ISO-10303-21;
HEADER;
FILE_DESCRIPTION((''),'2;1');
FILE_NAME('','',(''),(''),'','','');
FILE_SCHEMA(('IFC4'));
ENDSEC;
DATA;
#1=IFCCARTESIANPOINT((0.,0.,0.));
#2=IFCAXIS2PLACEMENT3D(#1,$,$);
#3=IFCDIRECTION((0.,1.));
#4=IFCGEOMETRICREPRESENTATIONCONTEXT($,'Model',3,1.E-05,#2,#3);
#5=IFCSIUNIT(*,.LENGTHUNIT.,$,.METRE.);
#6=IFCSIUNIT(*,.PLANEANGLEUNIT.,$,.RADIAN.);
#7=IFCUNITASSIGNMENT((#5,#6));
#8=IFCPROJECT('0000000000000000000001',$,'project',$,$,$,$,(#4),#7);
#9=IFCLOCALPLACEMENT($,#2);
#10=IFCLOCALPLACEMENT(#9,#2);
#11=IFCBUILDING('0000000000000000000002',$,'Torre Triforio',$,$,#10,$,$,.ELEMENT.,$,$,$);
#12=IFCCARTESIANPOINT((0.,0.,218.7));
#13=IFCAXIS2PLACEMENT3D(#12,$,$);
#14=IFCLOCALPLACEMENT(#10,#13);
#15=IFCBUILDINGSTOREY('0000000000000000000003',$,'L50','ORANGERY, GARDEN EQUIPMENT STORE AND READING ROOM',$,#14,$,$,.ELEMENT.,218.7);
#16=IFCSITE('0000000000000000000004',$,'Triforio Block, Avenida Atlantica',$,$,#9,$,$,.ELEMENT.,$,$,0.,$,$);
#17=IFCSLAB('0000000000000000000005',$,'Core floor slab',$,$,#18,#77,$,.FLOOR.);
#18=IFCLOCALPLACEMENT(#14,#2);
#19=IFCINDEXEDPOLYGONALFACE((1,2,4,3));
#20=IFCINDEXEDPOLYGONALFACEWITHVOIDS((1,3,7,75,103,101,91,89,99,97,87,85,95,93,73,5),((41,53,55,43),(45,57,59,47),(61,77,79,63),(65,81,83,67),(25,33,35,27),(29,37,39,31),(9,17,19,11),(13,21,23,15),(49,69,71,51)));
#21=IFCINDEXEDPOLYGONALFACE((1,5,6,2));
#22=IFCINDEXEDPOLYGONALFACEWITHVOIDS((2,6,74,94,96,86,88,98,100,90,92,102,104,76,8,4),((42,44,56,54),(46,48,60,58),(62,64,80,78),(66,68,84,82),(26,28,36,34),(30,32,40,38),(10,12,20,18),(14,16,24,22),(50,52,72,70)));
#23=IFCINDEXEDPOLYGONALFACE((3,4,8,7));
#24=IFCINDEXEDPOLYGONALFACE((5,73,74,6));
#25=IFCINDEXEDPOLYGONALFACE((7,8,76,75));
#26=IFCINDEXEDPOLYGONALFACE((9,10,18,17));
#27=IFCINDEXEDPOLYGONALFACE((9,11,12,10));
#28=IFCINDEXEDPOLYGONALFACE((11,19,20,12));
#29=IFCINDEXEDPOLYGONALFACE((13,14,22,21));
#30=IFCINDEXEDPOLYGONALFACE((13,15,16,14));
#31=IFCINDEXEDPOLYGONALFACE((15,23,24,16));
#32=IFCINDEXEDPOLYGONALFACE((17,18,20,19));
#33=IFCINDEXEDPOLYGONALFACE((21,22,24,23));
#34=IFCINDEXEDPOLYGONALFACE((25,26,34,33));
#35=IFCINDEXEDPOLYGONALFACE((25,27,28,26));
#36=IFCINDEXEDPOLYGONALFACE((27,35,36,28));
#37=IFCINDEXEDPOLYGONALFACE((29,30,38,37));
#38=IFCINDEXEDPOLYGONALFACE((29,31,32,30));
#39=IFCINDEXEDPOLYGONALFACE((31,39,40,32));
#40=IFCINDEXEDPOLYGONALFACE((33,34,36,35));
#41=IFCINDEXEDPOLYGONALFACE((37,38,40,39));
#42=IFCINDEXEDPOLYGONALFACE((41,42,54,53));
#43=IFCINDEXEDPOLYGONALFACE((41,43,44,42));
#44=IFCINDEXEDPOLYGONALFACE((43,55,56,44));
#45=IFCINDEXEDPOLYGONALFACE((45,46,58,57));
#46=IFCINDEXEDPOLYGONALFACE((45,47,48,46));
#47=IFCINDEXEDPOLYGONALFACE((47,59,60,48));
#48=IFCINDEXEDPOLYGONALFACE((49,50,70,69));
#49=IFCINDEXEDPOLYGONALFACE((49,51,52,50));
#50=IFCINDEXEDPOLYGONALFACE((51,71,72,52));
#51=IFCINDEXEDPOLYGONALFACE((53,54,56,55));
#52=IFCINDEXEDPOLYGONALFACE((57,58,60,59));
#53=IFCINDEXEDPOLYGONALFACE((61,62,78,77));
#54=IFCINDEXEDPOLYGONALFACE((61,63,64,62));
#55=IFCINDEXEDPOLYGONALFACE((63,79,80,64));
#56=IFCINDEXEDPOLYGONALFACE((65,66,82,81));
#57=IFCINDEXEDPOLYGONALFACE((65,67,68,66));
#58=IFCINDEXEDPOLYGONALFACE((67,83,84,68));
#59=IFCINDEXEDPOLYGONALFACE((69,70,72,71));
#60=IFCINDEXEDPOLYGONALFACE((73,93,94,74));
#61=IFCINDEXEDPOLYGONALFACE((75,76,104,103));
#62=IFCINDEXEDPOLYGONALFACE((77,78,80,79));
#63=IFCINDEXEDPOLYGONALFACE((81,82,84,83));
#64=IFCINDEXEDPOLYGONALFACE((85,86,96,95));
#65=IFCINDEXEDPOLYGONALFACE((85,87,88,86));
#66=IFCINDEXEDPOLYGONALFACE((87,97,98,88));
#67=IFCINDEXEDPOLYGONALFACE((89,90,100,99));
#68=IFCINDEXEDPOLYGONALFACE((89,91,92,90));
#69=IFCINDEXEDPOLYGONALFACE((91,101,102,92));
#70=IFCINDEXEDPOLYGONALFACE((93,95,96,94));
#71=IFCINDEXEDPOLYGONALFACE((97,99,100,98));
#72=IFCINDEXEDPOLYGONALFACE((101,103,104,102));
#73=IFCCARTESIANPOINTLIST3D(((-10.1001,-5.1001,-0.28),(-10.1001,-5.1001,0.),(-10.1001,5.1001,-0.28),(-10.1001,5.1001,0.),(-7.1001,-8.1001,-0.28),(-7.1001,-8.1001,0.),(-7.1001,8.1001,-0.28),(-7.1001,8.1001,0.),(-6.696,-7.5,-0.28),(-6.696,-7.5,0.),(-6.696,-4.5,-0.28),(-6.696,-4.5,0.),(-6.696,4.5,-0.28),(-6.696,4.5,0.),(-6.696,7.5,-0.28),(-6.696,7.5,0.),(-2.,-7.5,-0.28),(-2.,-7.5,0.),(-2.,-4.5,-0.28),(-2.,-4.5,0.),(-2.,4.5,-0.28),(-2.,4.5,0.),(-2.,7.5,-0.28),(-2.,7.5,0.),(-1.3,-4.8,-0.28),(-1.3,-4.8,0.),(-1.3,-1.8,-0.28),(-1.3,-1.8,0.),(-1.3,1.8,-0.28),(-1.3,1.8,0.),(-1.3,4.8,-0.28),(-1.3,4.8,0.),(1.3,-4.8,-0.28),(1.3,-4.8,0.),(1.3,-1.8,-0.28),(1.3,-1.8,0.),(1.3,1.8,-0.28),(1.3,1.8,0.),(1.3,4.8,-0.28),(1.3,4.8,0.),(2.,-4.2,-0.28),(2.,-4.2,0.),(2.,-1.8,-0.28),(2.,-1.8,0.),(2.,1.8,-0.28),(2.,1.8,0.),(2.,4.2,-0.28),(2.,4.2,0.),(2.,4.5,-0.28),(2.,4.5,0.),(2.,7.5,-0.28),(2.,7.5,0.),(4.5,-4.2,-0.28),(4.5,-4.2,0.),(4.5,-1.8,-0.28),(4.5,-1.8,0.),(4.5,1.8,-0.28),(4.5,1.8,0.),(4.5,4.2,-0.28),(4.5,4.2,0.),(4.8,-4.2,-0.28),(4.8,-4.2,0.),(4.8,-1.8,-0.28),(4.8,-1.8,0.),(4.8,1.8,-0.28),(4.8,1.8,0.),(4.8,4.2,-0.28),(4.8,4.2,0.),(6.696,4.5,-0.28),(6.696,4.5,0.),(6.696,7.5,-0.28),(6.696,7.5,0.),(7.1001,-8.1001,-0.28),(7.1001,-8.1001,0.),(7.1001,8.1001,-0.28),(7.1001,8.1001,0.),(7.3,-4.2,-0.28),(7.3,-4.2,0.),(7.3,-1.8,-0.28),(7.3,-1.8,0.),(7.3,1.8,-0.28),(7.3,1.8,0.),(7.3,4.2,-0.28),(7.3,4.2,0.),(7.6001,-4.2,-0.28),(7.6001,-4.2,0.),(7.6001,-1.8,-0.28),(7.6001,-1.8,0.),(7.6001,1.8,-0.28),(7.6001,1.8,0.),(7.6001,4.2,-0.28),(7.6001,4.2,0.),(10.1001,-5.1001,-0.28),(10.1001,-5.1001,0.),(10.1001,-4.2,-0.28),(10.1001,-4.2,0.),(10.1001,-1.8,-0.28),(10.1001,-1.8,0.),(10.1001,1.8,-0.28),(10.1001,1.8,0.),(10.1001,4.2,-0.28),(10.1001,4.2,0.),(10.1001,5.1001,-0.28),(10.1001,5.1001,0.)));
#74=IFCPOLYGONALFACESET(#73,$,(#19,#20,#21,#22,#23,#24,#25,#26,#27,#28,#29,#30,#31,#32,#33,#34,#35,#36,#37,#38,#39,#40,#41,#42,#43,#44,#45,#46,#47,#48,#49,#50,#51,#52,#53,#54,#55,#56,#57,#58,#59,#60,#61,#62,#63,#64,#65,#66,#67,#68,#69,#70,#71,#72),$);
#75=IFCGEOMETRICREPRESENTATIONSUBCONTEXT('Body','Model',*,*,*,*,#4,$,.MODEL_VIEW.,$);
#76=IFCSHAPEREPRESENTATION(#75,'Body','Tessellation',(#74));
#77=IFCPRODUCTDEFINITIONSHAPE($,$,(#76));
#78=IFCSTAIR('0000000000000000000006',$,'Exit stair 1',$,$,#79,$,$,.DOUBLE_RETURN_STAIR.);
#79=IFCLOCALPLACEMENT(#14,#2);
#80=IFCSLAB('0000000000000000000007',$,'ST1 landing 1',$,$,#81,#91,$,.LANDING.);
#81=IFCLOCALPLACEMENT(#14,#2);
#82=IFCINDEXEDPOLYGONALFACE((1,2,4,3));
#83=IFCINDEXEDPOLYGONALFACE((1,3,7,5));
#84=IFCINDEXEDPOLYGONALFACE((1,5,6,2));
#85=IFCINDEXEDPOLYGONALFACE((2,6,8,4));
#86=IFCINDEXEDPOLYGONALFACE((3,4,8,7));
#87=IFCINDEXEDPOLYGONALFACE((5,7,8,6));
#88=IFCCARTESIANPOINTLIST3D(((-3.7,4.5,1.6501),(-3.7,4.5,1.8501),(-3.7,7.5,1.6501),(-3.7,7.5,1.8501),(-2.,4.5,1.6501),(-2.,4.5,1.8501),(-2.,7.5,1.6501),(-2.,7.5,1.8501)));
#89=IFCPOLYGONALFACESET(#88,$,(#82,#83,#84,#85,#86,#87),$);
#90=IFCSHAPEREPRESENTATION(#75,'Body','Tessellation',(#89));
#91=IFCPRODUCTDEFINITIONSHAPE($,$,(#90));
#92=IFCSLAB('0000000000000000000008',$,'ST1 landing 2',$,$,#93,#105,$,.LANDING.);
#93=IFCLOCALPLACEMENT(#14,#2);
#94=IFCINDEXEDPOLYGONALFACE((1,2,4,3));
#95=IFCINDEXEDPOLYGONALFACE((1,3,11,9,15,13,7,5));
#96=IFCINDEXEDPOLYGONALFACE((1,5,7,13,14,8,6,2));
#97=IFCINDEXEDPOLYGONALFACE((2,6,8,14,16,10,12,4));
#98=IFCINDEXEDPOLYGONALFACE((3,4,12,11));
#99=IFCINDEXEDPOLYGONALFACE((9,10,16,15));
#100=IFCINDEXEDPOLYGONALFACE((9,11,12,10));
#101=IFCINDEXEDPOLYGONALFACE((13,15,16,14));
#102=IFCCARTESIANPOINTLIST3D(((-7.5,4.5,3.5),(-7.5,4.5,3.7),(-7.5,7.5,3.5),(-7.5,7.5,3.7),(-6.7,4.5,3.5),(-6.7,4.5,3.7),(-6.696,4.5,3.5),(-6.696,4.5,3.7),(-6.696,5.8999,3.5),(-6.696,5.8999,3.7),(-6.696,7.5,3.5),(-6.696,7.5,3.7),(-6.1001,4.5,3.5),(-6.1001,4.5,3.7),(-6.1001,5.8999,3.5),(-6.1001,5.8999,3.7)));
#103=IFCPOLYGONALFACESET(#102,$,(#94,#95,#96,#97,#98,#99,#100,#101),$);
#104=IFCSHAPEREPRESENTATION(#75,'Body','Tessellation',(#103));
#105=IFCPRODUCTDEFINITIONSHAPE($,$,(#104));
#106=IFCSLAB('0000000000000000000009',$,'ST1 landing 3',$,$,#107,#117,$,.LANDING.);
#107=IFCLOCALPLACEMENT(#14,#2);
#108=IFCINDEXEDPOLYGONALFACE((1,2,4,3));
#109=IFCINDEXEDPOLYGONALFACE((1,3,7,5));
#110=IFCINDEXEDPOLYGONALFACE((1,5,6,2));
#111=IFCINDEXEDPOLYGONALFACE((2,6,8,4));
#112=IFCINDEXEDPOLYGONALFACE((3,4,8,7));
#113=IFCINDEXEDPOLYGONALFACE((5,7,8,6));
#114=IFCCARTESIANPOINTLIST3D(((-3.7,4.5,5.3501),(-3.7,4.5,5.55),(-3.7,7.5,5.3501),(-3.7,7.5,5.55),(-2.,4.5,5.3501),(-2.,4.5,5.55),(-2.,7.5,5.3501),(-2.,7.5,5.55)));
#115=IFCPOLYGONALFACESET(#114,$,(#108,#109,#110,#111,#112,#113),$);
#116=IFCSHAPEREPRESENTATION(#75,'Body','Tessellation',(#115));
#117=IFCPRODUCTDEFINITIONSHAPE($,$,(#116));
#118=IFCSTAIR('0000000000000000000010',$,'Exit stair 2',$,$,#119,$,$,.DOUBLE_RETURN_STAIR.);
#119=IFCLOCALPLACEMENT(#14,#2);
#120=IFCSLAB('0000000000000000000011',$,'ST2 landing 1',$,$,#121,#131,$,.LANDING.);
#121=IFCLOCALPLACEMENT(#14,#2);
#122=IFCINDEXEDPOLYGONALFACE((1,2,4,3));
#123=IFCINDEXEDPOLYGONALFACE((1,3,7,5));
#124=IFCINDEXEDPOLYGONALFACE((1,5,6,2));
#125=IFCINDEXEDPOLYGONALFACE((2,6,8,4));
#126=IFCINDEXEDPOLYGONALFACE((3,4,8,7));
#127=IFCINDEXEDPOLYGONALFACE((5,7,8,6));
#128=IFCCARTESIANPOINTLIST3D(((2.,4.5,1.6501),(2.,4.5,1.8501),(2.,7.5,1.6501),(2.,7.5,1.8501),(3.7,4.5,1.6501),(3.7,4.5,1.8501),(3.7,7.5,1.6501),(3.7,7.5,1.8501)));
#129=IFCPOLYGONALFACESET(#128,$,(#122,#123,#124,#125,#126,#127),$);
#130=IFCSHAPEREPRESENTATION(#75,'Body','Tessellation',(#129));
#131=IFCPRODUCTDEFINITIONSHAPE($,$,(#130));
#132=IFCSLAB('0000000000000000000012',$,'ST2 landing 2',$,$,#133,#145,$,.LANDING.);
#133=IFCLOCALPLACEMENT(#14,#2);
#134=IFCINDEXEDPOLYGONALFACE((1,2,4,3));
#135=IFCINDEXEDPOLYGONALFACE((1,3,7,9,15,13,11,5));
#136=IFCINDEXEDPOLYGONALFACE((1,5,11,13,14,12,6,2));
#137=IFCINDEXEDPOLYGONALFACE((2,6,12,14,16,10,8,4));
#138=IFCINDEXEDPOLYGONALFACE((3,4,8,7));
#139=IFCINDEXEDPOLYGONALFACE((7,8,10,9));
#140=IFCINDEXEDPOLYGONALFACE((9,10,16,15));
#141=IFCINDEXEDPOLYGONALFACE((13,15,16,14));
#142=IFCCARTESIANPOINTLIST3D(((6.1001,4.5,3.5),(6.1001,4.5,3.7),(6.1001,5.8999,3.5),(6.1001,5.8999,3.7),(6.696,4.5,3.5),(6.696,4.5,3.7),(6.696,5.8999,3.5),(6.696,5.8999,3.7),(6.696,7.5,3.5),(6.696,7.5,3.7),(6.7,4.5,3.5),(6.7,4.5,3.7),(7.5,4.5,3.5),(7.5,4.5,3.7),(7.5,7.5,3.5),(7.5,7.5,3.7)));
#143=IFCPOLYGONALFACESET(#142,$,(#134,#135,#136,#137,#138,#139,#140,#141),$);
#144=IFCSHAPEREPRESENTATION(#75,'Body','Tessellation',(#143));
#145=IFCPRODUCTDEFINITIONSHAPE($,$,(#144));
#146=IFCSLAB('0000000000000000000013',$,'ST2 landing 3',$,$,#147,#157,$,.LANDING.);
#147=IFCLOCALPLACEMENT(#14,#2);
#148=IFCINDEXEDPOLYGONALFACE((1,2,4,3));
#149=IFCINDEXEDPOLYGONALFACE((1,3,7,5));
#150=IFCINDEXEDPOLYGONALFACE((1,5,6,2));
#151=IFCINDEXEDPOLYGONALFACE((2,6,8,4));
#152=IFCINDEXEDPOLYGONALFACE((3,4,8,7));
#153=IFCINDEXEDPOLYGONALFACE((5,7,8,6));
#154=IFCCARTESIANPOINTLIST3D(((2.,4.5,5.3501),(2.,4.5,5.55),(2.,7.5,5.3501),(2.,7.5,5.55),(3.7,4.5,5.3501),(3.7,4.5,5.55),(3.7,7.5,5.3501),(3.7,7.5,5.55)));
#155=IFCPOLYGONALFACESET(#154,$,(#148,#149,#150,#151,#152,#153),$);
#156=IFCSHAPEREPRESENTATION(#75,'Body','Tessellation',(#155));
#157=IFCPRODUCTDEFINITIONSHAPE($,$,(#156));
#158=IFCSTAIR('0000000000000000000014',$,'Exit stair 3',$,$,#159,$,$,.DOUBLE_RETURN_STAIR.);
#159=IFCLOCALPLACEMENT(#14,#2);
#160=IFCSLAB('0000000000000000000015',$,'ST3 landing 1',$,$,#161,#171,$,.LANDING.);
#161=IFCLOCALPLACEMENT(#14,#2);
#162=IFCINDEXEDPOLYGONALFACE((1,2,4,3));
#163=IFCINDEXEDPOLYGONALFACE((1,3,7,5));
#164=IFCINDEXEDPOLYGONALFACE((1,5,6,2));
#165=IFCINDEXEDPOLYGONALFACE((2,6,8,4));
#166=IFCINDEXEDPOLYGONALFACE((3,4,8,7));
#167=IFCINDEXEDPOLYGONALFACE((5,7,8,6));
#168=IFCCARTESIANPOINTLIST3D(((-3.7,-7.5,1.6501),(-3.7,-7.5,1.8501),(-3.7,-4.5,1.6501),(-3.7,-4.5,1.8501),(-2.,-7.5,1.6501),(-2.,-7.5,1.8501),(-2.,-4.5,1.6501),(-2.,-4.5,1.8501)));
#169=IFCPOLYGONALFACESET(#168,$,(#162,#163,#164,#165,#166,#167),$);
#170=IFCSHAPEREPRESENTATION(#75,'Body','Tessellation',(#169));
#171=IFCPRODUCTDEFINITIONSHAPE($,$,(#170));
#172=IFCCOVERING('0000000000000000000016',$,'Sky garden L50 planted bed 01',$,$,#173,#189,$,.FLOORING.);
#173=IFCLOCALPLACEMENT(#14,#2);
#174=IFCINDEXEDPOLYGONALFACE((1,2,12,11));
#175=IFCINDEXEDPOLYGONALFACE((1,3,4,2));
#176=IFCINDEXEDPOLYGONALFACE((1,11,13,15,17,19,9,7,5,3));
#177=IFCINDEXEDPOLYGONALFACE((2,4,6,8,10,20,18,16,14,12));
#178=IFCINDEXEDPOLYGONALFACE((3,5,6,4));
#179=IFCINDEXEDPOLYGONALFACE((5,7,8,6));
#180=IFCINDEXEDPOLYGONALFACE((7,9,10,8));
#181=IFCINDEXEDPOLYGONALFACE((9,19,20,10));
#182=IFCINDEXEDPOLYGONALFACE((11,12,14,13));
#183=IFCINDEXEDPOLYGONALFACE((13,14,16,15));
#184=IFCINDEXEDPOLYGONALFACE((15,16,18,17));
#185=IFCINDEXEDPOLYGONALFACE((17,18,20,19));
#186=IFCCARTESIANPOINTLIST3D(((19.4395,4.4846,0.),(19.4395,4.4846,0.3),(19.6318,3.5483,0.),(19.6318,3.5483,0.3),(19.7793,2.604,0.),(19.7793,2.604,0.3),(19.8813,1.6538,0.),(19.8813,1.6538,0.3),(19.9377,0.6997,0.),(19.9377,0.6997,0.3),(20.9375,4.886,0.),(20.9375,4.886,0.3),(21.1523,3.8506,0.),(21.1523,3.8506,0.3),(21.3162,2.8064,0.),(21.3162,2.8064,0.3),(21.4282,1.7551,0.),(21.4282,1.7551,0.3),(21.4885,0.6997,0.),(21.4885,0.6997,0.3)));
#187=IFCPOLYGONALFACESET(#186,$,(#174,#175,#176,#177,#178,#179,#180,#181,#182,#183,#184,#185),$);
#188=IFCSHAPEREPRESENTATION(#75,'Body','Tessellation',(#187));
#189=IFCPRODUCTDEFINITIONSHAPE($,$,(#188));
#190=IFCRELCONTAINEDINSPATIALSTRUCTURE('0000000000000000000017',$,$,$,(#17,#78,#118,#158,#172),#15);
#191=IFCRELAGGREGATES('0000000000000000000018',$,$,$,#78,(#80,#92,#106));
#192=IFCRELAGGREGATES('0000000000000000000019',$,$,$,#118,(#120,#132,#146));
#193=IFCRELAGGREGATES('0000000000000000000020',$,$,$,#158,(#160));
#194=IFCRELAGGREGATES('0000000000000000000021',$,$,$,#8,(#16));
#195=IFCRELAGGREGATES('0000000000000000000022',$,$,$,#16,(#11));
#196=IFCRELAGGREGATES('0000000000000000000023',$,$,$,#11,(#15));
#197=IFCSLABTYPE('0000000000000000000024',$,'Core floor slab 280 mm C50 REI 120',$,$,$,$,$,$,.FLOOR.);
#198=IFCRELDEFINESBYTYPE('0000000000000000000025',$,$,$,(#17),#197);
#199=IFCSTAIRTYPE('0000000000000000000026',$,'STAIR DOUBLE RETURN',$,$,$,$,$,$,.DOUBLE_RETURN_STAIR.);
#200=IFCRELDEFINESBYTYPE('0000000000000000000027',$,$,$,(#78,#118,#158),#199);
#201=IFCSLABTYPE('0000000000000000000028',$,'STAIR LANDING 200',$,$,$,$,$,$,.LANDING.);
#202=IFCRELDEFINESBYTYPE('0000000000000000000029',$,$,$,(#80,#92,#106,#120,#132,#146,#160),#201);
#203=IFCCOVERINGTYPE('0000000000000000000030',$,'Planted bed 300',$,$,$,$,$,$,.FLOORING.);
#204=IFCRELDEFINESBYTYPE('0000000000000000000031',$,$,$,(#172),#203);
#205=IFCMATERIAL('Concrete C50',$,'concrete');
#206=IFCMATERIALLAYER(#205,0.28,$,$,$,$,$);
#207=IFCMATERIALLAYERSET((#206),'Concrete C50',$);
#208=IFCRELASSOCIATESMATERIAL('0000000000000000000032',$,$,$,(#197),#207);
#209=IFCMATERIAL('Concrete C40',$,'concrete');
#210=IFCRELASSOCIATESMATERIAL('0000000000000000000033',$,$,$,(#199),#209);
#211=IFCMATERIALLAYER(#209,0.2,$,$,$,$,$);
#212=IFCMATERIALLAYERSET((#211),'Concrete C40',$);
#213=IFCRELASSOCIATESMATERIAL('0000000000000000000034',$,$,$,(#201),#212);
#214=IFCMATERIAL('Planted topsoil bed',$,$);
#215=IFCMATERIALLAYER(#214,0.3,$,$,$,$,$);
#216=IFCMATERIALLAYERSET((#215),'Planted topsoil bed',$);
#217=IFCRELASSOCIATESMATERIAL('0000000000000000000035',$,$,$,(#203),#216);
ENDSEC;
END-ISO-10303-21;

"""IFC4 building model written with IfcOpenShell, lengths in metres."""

from ifc_helpers import new_model, si_unit, direction, frame, origin, place, context, subcontext, project, spatial, polyline, outline, extrude, material, layer, layer_set, type_object, element, aggregate, save


model = new_model("IFC4")

# Units and contexts
model_context = context("Model", 3, precision=1e-05, world=origin(), true_north=direction((0.0, 1.0)))
body_context = subcontext(model_context, "Body", "Model", "MODEL_VIEW")
ifc_project = project(units=[si_unit("LENGTHUNIT", "METRE"), si_unit("PLANEANGLEUNIT", "RADIAN")], contexts=[model_context])

# Site, building, storey
site_placement = place(None, origin())
site = spatial("IfcSite", under=ifc_project, at=site_placement, Name="Triforio Block, Avenida Atlantica", CompositionType="ELEMENT", RefElevation=0.0)
building_placement = place(site_placement, origin())
building = spatial("IfcBuilding", under=site, at=building_placement, Name="Torre Triforio", CompositionType="ELEMENT")
storey_placement = place(building_placement, frame((0.0, 0.0, 218.7)))
storey = spatial("IfcBuildingStorey", under=building, at=storey_placement, Name="L50", Description="ORANGERY, GARDEN EQUIPMENT STORE AND READING ROOM", CompositionType="ELEMENT", Elevation=218.7)

# Slab
ifc_material_1 = material(Name="Concrete C50", Category="concrete")
ifc_layer_1 = layer(ifc_material_1, 0.28)
ifc_layer_set_1 = layer_set([ifc_layer_1], Name="Concrete C50")
slab_type_1 = type_object("IfcSlabType", Name="Core floor slab 280 mm C50 REI 120", PredefinedType="FLOOR", material=ifc_layer_set_1)
slab_1_placement = place(storey_placement, frame((0.0, 0.0, -0.28)))
element("IfcSlab", 1, at=slab_1_placement, inside=storey, type_object=slab_type_1, Name="Core floor slab", PredefinedType="FLOOR", context=body_context, shape_type="SweptSolid", body=[
    extrude(outline(polyline([(10.1001, -5.1001), (7.1001, -8.1001), (-7.1001, -8.1001), (-10.1001, -5.1001), (-10.1001, 5.1001), (-7.1001, 8.1001), (7.1001, 8.1001), (10.1001, 5.1001), (10.1001, 4.2), (7.6001, 4.2), (7.6001, 1.8), (10.1001, 1.8), (10.1001, -1.8), (7.6001, -1.8), (7.6001, -4.2), (10.1001, -4.2), (10.1001, -5.1001)]), holes=[polyline([(-6.696, -4.5), (-6.696, -7.5), (-2.0, -7.5), (-2.0, -4.5), (-6.696, -4.5)]), polyline([(-1.3, -1.8), (-1.3, -4.8), (1.3, -4.8), (1.3, -1.8), (-1.3, -1.8)]), polyline([(2.0, -1.8), (2.0, -4.2), (4.5, -4.2), (4.5, -1.8), (2.0, -1.8)]), polyline([(4.5, 4.2), (2.0, 4.2), (2.0, 1.8), (4.5, 1.8), (4.5, 4.2)]), polyline([(1.3, 4.8), (-1.3, 4.8), (-1.3, 1.8), (1.3, 1.8), (1.3, 4.8)]), polyline([(-6.696, 7.5), (-6.696, 4.5), (-2.0, 4.5), (-2.0, 7.5), (-6.696, 7.5)]), polyline([(7.3, -1.8), (4.8, -1.8), (4.8, -4.2), (7.3, -4.2), (7.3, -1.8)]), polyline([(4.8, 4.2), (4.8, 1.8), (7.3, 1.8), (7.3, 4.2), (4.8, 4.2)]), polyline([(6.696, 7.5), (2.0, 7.5), (2.0, 4.5), (6.696, 4.5), (6.696, 7.5)])]), origin(), (0.0, 0.0, 1.0), 0.28),
])

# Stairs, slabs
ifc_material_2 = material(Name="Concrete C40", Category="concrete")
stair_type = type_object("IfcStairType", Name="STAIR DOUBLE RETURN", PredefinedType="DOUBLE_RETURN_STAIR", material=ifc_material_2)
stair_1_placement = place(storey_placement, origin())
stair_1 = element("IfcStair", 2, at=stair_1_placement, inside=storey, type_object=stair_type, Name="Exit stair 1", PredefinedType="DOUBLE_RETURN_STAIR")
ifc_layer_2 = layer(ifc_material_2, 0.2)
ifc_layer_set_2 = layer_set([ifc_layer_2], Name="Concrete C40")
slab_type_2 = type_object("IfcSlabType", Name="STAIR LANDING 200", PredefinedType="LANDING", material=ifc_layer_set_2)
slab_2_placement = place(storey_placement, frame((0.0, 0.0, 1.6501)))
slab_2 = element("IfcSlab", 3, at=slab_2_placement, type_object=slab_type_2, Name="ST1 landing 1", PredefinedType="LANDING", context=body_context, shape_type="SweptSolid", body=[
    extrude(outline(polyline([(-2.0, 4.5), (-2.0, 7.5), (-3.7, 7.5), (-3.7, 4.5), (-2.0, 4.5)])), origin(), (0.0, 0.0, 1.0), 0.2),
])
slab_3_placement = place(storey_placement, frame((0.0, 0.0, 3.5)))
slab_3 = element("IfcSlab", 4, at=slab_3_placement, type_object=slab_type_2, Name="ST1 landing 2", PredefinedType="LANDING", context=body_context, shape_type="SweptSolid", body=[
    extrude(outline(polyline([(-6.1001, 5.8999), (-6.1001, 4.5), (-6.696, 4.5), (-6.7, 4.5), (-7.5, 4.5), (-7.5, 7.5), (-6.696, 7.5), (-6.696, 5.8999), (-6.1001, 5.8999)])), origin(), (0.0, 0.0, 1.0), 0.2),
])
slab_4_placement = place(storey_placement, frame((0.0, 0.0, 5.3501)))
slab_4 = element("IfcSlab", 5, at=slab_4_placement, type_object=slab_type_2, Name="ST1 landing 3", PredefinedType="LANDING", context=body_context, shape_type="SweptSolid", body=[
    extrude(outline(polyline([(-2.0, 4.5), (-2.0, 7.5), (-3.7, 7.5), (-3.7, 4.5), (-2.0, 4.5)])), origin(), (0.0, 0.0, 1.0), 0.2),
])
aggregate(stair_1, [slab_2, slab_3, slab_4])
stair_2_placement = place(storey_placement, origin())
stair_2 = element("IfcStair", 6, at=stair_2_placement, inside=storey, type_object=stair_type, Name="Exit stair 2", PredefinedType="DOUBLE_RETURN_STAIR")
slab_5_placement = place(storey_placement, frame((0.0, 0.0, 1.6501)))
slab_5 = element("IfcSlab", 7, at=slab_5_placement, type_object=slab_type_2, Name="ST2 landing 1", PredefinedType="LANDING", context=body_context, shape_type="SweptSolid", body=[
    extrude(outline(polyline([(3.7, 4.5), (3.7, 7.5), (2.0, 7.5), (2.0, 4.5), (3.7, 4.5)])), origin(), (0.0, 0.0, 1.0), 0.2),
])
slab_6_placement = place(storey_placement, frame((0.0, 0.0, 3.5)))
slab_6 = element("IfcSlab", 8, at=slab_6_placement, type_object=slab_type_2, Name="ST2 landing 2", PredefinedType="LANDING", context=body_context, shape_type="SweptSolid", body=[
    extrude(outline(polyline([(6.1001, 4.5), (6.1001, 5.8999), (6.696, 5.8999), (6.696, 7.5), (7.5, 7.5), (7.5, 4.5), (6.7, 4.5), (6.696, 4.5), (6.1001, 4.5)])), origin(), (0.0, 0.0, 1.0), 0.2),
])
slab_7_placement = place(storey_placement, frame((0.0, 0.0, 5.3501)))
slab_7 = element("IfcSlab", 9, at=slab_7_placement, type_object=slab_type_2, Name="ST2 landing 3", PredefinedType="LANDING", context=body_context, shape_type="SweptSolid", body=[
    extrude(outline(polyline([(3.7, 4.5), (3.7, 7.5), (2.0, 7.5), (2.0, 4.5), (3.7, 4.5)])), origin(), (0.0, 0.0, 1.0), 0.2),
])
aggregate(stair_2, [slab_5, slab_6, slab_7])

# Stair, slab
stair_3_placement = place(storey_placement, origin())
stair_3 = element("IfcStair", 10, at=stair_3_placement, inside=storey, type_object=stair_type, Name="Exit stair 3", PredefinedType="DOUBLE_RETURN_STAIR")
slab_8_placement = place(storey_placement, frame((0.0, 0.0, 1.6501)))
slab_8 = element("IfcSlab", 11, at=slab_8_placement, type_object=slab_type_2, Name="ST3 landing 1", PredefinedType="LANDING", context=body_context, shape_type="SweptSolid", body=[
    extrude(outline(polyline([(-2.0, -7.5), (-2.0, -4.5), (-3.7, -4.5), (-3.7, -7.5), (-2.0, -7.5)])), origin(), (0.0, 0.0, 1.0), 0.2),
])
aggregate(stair_3, [slab_8])

# Covering
ifc_material_3 = material(Name="Planted topsoil bed")
ifc_layer_3 = layer(ifc_material_3, 0.3)
ifc_layer_set_3 = layer_set([ifc_layer_3], Name="Planted topsoil bed")
covering_type = type_object("IfcCoveringType", Name="Planted bed 300", PredefinedType="FLOORING", material=ifc_layer_set_3)
covering_1_placement = place(storey_placement, origin())
element("IfcCovering", 12, at=covering_1_placement, inside=storey, type_object=covering_type, Name="Sky garden L50 planted bed 01", PredefinedType="FLOORING", context=body_context, shape_type="SweptSolid", body=[
    extrude(outline(polyline([(19.9377, 0.6997), (19.8813, 1.6538), (19.7793, 2.604), (19.6318, 3.5483), (19.4395, 4.4846), (20.9375, 4.886), (21.1523, 3.8506), (21.3162, 2.8064), (21.4282, 1.7551), (21.4885, 0.6997), (19.9377, 0.6997)])), origin(), (0.0, 0.0, 1.0), 0.3),
])

save(model, "model.ifc")
